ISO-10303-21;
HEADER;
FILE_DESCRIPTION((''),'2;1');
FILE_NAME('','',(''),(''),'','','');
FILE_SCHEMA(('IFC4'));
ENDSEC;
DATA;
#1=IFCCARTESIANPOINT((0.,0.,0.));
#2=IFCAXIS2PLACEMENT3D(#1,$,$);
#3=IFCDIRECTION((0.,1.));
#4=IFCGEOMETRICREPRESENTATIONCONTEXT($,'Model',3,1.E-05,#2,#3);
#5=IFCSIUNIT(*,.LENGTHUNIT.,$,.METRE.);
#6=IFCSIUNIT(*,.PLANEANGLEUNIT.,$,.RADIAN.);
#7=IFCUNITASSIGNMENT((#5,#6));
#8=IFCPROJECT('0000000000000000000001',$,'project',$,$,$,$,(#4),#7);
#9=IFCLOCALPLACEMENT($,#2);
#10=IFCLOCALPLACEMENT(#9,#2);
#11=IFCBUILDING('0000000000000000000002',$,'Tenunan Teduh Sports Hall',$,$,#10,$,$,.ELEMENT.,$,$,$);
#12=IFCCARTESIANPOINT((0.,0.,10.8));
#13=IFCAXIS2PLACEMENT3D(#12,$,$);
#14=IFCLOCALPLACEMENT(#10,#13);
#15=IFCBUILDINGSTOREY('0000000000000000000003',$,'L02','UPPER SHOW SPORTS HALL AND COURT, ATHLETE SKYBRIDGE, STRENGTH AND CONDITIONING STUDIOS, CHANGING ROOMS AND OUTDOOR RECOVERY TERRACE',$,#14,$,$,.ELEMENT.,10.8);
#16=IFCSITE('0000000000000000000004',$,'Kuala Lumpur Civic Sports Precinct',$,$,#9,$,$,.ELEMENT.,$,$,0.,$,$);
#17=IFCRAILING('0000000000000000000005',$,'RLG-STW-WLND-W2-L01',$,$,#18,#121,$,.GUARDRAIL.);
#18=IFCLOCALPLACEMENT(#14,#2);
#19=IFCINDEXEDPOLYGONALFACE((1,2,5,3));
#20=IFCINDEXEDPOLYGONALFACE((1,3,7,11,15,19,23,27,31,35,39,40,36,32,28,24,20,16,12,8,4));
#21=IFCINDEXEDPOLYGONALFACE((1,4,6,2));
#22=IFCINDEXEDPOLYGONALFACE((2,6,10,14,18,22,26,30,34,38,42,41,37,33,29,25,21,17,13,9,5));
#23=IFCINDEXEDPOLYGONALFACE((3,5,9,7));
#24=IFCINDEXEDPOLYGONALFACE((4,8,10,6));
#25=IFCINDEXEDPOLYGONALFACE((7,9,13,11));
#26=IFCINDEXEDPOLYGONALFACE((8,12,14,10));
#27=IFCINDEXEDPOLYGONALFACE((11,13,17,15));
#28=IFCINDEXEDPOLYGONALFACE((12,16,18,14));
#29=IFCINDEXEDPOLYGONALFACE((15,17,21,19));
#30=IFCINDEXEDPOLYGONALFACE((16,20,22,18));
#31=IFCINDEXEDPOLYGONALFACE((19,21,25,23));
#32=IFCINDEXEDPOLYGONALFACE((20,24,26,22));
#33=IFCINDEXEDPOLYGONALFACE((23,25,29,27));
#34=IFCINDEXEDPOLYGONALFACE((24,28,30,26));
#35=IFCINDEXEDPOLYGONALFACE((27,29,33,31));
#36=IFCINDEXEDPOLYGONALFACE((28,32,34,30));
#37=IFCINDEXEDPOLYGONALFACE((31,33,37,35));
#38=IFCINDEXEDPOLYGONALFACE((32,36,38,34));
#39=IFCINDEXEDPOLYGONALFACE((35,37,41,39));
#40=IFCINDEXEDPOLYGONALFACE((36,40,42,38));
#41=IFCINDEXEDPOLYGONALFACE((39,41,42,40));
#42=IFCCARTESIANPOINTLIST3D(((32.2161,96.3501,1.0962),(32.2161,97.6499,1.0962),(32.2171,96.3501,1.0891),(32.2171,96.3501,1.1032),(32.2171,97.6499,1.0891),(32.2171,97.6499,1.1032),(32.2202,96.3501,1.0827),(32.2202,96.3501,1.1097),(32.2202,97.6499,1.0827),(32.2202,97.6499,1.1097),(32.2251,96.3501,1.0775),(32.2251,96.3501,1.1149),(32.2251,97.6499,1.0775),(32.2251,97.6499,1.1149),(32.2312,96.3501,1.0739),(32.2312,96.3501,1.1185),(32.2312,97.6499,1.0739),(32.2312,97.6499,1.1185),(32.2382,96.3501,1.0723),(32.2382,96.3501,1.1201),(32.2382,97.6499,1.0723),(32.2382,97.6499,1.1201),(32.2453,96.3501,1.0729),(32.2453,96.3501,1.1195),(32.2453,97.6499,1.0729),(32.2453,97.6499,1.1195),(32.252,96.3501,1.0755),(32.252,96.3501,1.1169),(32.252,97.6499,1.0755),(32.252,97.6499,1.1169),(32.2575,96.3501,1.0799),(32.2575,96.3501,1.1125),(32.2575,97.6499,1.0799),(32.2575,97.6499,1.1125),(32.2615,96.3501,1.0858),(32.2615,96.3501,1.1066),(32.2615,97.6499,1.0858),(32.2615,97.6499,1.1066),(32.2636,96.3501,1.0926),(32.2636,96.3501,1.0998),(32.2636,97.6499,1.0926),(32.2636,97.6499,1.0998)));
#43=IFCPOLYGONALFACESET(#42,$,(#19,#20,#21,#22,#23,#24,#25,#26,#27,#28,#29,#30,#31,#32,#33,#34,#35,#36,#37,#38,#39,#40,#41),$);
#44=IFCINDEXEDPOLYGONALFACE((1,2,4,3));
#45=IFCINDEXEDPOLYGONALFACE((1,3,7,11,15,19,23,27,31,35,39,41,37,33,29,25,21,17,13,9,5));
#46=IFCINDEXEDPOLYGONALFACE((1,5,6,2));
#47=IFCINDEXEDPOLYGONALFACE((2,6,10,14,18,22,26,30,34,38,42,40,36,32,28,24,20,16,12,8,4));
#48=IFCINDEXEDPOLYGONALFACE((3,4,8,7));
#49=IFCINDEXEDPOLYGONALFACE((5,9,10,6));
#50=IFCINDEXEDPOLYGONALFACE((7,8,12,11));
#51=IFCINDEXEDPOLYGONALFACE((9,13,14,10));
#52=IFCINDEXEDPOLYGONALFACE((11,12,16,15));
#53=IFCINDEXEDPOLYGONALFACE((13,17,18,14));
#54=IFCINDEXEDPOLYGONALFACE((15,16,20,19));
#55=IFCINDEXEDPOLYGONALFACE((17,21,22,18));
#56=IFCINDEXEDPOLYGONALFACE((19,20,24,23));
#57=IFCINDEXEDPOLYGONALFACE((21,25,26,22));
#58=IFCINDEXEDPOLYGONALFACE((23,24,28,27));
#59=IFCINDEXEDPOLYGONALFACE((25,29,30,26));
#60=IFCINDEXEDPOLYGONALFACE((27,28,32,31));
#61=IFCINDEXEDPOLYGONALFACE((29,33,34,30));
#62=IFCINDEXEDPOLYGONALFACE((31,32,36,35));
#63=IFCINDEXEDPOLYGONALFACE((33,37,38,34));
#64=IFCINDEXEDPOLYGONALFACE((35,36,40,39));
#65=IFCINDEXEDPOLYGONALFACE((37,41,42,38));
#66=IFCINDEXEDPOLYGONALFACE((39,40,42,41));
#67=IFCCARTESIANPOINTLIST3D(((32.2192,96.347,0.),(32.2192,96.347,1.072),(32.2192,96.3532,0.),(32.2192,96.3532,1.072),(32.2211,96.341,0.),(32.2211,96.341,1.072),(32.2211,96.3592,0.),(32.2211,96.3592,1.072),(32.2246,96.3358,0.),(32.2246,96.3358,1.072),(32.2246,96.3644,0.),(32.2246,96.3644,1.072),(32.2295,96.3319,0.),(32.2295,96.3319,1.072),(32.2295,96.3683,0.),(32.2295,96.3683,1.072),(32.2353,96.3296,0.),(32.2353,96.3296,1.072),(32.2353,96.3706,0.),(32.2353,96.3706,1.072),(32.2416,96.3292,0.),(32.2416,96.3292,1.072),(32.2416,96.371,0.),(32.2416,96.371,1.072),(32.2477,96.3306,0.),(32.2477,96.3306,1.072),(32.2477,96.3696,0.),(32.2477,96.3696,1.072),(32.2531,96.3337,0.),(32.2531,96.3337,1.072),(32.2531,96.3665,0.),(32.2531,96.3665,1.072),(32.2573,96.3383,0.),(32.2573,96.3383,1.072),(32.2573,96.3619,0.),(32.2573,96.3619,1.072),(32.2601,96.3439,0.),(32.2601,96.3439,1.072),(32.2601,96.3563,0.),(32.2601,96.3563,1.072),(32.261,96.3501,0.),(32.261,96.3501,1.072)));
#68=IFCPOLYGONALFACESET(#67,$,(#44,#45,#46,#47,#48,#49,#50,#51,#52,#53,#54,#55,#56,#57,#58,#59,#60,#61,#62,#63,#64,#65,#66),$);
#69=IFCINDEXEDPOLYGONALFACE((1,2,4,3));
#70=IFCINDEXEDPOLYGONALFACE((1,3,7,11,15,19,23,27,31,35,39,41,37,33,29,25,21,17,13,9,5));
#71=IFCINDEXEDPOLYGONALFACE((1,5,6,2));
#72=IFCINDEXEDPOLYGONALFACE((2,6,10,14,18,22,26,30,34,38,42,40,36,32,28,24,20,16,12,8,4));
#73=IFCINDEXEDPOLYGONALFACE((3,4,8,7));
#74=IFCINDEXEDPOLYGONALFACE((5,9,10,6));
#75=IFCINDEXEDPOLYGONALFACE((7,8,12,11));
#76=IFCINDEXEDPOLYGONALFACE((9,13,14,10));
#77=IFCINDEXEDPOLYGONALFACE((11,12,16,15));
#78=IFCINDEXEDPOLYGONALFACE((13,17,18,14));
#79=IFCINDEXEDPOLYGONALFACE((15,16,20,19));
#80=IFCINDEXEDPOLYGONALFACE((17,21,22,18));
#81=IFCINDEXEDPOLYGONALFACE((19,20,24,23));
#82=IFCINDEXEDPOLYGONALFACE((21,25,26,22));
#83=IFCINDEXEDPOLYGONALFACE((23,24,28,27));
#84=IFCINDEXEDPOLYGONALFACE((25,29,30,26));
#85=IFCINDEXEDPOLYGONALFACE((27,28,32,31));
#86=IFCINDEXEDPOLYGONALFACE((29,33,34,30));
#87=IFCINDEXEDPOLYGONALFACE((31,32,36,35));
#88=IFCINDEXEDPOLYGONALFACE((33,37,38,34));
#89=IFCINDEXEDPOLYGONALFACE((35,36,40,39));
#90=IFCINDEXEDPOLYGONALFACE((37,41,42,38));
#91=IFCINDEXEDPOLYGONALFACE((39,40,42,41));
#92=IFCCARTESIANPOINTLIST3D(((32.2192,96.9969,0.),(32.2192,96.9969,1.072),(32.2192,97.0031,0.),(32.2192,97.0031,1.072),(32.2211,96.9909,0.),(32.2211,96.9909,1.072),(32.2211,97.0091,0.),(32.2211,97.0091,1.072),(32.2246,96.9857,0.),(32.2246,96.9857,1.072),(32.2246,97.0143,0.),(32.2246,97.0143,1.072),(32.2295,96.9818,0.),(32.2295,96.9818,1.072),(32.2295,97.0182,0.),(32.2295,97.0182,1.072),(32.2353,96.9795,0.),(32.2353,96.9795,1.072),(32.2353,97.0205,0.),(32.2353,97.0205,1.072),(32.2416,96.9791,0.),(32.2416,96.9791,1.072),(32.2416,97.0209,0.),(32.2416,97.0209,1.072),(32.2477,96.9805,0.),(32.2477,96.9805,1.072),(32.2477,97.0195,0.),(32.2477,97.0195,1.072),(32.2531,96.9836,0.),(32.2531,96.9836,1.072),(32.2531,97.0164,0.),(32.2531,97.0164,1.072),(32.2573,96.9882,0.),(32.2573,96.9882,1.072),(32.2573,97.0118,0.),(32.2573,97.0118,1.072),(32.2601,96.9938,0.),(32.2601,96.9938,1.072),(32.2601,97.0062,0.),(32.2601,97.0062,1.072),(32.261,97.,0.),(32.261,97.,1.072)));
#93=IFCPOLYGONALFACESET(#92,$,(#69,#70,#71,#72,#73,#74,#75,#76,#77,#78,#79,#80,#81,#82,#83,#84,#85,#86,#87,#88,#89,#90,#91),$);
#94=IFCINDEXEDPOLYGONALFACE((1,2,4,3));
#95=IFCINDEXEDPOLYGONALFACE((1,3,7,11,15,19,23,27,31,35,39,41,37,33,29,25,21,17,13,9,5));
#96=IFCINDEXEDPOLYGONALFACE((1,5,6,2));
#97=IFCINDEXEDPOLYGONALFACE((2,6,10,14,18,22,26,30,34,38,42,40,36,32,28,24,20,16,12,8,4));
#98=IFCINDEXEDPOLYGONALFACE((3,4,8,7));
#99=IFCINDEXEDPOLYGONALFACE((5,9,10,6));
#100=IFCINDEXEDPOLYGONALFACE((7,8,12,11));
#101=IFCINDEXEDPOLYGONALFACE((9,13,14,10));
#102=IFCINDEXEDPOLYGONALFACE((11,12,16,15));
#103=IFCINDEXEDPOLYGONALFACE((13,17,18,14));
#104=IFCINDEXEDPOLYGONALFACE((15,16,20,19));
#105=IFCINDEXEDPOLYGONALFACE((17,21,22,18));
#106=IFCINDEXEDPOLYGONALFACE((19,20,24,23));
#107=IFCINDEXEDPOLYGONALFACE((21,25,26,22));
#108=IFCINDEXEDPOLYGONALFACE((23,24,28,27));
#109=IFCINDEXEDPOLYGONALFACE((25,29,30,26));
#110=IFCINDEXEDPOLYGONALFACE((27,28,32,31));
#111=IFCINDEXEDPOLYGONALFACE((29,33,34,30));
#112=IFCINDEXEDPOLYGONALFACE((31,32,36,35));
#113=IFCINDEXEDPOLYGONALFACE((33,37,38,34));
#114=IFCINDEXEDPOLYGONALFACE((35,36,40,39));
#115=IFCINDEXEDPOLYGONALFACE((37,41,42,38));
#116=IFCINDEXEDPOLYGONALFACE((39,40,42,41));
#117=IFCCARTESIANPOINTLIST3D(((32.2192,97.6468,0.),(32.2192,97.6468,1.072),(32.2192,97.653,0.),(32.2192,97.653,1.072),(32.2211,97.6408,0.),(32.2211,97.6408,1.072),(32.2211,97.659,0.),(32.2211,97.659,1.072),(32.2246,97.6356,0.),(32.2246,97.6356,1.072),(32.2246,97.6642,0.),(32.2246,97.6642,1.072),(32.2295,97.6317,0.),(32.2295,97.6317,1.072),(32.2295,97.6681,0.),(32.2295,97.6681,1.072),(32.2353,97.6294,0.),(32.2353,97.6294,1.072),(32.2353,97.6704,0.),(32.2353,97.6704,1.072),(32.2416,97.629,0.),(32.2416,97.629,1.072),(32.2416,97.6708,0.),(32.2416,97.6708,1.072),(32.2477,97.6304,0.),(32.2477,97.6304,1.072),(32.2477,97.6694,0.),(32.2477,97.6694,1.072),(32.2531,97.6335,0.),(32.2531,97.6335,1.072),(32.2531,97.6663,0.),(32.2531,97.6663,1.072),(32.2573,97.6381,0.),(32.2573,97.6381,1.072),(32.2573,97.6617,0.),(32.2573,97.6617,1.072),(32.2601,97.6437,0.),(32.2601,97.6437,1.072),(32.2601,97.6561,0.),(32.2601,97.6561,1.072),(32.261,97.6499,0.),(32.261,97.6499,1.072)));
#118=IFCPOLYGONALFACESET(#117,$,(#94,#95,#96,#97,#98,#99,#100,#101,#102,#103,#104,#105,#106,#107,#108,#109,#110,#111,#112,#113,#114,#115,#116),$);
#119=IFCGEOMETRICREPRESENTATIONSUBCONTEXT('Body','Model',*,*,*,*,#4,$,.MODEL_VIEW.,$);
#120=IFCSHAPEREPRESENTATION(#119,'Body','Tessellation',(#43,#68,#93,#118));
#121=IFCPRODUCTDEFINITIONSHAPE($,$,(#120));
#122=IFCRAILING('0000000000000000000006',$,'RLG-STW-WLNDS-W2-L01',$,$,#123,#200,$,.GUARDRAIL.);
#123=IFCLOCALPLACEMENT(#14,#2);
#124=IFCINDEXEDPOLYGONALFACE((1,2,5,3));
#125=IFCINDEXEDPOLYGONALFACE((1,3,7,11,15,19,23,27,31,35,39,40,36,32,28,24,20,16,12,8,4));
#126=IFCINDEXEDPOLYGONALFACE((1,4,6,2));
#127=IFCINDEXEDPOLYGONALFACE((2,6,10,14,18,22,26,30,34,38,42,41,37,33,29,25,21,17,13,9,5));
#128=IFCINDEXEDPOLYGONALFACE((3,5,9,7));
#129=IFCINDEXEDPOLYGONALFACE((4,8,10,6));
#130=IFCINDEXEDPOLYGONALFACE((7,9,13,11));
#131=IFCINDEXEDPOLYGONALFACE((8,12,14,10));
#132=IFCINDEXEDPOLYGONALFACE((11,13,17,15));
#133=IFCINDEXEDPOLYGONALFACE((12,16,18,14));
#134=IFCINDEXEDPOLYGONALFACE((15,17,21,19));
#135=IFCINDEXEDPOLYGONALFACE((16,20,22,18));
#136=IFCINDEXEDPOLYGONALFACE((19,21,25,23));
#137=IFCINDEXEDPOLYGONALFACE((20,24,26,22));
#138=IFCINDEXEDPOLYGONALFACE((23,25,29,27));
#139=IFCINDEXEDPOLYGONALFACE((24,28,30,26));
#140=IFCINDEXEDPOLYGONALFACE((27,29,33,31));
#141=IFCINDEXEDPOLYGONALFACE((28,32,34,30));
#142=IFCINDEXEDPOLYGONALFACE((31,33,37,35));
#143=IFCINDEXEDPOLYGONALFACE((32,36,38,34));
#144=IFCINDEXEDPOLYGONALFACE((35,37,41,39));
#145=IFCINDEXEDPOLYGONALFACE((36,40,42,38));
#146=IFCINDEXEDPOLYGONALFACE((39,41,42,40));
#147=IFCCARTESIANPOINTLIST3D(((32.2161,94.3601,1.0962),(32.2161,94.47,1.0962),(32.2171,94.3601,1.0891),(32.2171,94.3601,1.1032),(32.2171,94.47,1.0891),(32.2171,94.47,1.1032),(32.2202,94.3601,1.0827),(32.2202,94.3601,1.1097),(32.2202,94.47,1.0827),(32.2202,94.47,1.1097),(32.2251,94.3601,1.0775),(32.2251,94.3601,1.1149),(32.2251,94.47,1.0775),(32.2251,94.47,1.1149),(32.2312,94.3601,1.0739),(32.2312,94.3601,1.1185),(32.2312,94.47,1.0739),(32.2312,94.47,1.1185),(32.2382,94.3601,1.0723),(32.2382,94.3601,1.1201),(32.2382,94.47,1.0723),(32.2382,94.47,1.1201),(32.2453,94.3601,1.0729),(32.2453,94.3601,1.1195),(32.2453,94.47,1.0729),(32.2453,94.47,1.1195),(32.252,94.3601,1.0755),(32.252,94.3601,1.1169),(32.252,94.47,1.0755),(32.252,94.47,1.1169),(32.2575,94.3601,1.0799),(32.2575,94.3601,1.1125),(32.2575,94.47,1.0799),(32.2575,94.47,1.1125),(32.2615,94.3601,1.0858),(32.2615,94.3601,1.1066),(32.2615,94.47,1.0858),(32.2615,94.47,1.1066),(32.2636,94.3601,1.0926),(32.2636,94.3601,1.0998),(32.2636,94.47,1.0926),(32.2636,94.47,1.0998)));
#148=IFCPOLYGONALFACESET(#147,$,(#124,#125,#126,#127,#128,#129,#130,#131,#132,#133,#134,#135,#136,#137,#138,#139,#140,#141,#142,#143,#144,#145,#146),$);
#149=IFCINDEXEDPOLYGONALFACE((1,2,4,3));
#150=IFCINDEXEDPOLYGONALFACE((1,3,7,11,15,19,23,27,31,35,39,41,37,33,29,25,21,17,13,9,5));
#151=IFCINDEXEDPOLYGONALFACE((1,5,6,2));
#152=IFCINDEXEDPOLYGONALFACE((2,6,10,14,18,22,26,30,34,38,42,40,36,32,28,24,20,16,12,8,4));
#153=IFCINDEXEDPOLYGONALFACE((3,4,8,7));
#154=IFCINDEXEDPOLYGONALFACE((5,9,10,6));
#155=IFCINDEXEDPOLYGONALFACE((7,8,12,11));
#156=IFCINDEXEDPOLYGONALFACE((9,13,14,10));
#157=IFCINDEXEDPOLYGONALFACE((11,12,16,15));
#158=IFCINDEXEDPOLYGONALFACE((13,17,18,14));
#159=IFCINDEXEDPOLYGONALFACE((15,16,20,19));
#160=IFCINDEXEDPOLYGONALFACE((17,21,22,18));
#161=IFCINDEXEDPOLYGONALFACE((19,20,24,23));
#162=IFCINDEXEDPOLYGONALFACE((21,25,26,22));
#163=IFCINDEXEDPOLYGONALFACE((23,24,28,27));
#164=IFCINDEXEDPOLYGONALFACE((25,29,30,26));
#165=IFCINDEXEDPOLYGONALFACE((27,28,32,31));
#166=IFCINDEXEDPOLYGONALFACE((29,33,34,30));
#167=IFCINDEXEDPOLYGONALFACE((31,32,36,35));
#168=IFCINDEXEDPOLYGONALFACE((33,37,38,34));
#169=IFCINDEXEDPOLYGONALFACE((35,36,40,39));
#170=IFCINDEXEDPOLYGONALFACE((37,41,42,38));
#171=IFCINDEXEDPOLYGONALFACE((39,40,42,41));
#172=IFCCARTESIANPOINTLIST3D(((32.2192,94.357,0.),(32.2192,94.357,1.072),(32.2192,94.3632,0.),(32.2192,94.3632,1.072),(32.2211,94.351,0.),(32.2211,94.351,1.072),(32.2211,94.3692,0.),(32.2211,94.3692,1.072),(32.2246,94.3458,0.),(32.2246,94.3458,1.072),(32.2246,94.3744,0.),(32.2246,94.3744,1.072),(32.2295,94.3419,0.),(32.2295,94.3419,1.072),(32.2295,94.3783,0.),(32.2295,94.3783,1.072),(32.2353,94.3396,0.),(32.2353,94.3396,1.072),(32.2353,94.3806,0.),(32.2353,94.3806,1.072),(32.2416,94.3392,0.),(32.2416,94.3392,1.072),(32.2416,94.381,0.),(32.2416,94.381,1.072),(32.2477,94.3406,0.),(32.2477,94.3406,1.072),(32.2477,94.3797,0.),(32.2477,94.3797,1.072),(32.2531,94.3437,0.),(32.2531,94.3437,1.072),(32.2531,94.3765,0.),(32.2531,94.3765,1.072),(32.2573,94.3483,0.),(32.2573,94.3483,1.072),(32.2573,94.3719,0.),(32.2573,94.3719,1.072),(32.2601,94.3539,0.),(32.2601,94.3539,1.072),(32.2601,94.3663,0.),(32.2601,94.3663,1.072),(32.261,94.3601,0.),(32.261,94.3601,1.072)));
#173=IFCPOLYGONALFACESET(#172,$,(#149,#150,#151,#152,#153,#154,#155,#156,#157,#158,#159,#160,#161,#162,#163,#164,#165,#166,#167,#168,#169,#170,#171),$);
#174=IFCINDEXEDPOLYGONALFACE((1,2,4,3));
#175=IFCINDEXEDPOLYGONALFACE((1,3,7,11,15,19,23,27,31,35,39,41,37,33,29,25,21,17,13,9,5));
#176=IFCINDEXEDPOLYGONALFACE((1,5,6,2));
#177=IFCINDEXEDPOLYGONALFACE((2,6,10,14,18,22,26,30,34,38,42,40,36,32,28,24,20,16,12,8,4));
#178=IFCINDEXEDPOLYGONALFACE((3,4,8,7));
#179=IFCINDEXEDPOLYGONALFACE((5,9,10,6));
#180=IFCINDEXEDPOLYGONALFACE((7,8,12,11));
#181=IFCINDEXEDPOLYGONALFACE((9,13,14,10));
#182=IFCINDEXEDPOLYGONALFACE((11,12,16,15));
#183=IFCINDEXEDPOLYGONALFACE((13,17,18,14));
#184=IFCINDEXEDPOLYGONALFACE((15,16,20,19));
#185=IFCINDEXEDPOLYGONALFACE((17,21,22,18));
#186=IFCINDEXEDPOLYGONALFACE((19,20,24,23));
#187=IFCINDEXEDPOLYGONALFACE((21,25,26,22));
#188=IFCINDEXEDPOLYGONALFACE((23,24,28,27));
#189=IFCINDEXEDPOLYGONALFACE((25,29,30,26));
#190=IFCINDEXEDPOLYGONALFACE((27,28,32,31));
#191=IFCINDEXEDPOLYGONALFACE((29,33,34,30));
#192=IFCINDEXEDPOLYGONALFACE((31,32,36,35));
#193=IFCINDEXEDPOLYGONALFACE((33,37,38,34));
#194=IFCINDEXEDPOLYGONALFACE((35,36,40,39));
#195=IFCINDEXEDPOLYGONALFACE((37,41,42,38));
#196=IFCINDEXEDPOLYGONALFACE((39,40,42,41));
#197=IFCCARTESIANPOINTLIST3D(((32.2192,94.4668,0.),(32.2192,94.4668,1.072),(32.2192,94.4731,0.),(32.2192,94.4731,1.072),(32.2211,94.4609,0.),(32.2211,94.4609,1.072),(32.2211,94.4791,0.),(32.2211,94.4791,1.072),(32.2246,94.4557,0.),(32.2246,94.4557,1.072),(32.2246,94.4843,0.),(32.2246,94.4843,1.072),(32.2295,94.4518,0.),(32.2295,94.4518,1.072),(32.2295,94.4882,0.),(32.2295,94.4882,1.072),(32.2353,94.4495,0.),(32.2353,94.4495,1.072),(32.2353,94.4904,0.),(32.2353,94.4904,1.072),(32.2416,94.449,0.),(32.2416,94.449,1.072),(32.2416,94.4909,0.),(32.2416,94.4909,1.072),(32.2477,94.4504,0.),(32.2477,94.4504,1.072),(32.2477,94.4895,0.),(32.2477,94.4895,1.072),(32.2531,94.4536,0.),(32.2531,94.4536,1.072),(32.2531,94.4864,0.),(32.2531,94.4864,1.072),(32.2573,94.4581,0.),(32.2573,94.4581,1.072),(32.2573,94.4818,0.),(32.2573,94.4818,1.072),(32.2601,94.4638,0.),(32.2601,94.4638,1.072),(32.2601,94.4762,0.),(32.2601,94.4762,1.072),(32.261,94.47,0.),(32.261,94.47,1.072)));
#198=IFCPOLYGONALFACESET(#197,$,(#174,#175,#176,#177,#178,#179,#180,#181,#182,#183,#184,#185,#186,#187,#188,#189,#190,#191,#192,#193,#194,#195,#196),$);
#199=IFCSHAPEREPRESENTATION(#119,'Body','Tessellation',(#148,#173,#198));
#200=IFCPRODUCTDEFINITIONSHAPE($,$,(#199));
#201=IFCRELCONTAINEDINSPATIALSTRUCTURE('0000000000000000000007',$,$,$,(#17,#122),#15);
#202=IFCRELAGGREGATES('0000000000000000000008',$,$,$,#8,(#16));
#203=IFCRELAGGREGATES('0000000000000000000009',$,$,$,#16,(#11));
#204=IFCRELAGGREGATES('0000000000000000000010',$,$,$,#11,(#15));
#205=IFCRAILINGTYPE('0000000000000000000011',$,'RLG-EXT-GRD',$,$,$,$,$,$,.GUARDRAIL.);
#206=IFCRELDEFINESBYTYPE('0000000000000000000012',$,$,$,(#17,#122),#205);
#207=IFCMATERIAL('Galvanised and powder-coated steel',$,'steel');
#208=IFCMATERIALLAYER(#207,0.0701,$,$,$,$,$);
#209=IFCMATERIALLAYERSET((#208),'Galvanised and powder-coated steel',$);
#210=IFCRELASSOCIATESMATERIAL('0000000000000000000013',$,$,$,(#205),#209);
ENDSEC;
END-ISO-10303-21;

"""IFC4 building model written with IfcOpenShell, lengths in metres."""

from ifc_helpers import new_model, si_unit, direction, frame, origin, origin_2d, place, context, subcontext, project, spatial, circle, extrude, material, layer, layer_set, type_object, element, save


model = new_model("IFC4")

# Units and contexts
model_context = context("Model", 3, precision=1e-05, world=origin(), true_north=direction((0.0, 1.0)))
body_context = subcontext(model_context, "Body", "Model", "MODEL_VIEW")
ifc_project = project(units=[si_unit("LENGTHUNIT", "METRE"), si_unit("PLANEANGLEUNIT", "RADIAN")], contexts=[model_context])

# Site, building, storey
site_placement = place(None, origin())
site = spatial("IfcSite", under=ifc_project, at=site_placement, Name="Kuala Lumpur Civic Sports Precinct", CompositionType="ELEMENT", RefElevation=0.0)
building_placement = place(site_placement, origin())
building = spatial("IfcBuilding", under=site, at=building_placement, Name="Tenunan Teduh Sports Hall", CompositionType="ELEMENT")
storey_placement = place(building_placement, frame((0.0, 0.0, 10.8)))
storey = spatial("IfcBuildingStorey", under=building, at=storey_placement, Name="L02", Description="UPPER SHOW SPORTS HALL AND COURT, ATHLETE SKYBRIDGE, STRENGTH AND CONDITIONING STUDIOS, CHANGING ROOMS AND OUTDOOR RECOVERY TERRACE", CompositionType="ELEMENT", Elevation=10.8)

# Railings
ifc_material_1 = material(Name="Galvanised and powder-coated steel", Category="steel")
ifc_layer_1 = layer(ifc_material_1, 0.0701)
ifc_layer_set_1 = layer_set([ifc_layer_1], Name="Galvanised and powder-coated steel")
railing_type_1 = type_object("IfcRailingType", Name="RLG-EXT-GRD", PredefinedType="GUARDRAIL", material=ifc_layer_set_1)
railing_1_placement = place(storey_placement, frame((32.24, 96.3501, 0.0)))
element("IfcRailing", 1, at=railing_1_placement, inside=storey, type_object=railing_type_1, Name="RLG-STW-WLND-W2-L01", PredefinedType="GUARDRAIL", context=body_context, shape_type="SweptSolid", body=[
    extrude(circle(Radius=0.0239, at=origin_2d()), frame((0.0, 0.0, 1.0962), z_axis=(0.0, 1.0, 0.0), x_axis=(-1.0, 0.0, 0.0)), (0.0, 0.0, 1.0), 1.2998),
    extrude(circle(Radius=0.021, at=origin_2d()), origin(), (0.0, 0.0, 1.0), 1.072),
    extrude(circle(Radius=0.021, at=origin_2d()), frame((0.0, 0.6499, 0.0)), (0.0, 0.0, 1.0), 1.072),
    extrude(circle(Radius=0.021, at=origin_2d()), frame((0.0, 1.2998, 0.0)), (0.0, 0.0, 1.0), 1.072),
])
railing_2_placement = place(storey_placement, frame((32.24, 94.3601, 0.0)))
element("IfcRailing", 2, at=railing_2_placement, inside=storey, type_object=railing_type_1, Name="RLG-STW-WLNDS-W2-L01", PredefinedType="GUARDRAIL", context=body_context, shape_type="SweptSolid", body=[
    extrude(circle(Radius=0.0239, at=origin_2d()), frame((0.0, 0.0, 1.0962), z_axis=(0.0, 1.0, 0.0), x_axis=(-1.0, 0.0, 0.0)), (0.0, 0.0, 1.0), 0.1099),
    extrude(circle(Radius=0.021, at=origin_2d()), origin(), (0.0, 0.0, 1.0), 1.072),
    extrude(circle(Radius=0.021, at=origin_2d()), frame((0.0, 0.1099, 0.0)), (0.0, 0.0, 1.0), 1.072),
])

save(model, "model.ifc")
